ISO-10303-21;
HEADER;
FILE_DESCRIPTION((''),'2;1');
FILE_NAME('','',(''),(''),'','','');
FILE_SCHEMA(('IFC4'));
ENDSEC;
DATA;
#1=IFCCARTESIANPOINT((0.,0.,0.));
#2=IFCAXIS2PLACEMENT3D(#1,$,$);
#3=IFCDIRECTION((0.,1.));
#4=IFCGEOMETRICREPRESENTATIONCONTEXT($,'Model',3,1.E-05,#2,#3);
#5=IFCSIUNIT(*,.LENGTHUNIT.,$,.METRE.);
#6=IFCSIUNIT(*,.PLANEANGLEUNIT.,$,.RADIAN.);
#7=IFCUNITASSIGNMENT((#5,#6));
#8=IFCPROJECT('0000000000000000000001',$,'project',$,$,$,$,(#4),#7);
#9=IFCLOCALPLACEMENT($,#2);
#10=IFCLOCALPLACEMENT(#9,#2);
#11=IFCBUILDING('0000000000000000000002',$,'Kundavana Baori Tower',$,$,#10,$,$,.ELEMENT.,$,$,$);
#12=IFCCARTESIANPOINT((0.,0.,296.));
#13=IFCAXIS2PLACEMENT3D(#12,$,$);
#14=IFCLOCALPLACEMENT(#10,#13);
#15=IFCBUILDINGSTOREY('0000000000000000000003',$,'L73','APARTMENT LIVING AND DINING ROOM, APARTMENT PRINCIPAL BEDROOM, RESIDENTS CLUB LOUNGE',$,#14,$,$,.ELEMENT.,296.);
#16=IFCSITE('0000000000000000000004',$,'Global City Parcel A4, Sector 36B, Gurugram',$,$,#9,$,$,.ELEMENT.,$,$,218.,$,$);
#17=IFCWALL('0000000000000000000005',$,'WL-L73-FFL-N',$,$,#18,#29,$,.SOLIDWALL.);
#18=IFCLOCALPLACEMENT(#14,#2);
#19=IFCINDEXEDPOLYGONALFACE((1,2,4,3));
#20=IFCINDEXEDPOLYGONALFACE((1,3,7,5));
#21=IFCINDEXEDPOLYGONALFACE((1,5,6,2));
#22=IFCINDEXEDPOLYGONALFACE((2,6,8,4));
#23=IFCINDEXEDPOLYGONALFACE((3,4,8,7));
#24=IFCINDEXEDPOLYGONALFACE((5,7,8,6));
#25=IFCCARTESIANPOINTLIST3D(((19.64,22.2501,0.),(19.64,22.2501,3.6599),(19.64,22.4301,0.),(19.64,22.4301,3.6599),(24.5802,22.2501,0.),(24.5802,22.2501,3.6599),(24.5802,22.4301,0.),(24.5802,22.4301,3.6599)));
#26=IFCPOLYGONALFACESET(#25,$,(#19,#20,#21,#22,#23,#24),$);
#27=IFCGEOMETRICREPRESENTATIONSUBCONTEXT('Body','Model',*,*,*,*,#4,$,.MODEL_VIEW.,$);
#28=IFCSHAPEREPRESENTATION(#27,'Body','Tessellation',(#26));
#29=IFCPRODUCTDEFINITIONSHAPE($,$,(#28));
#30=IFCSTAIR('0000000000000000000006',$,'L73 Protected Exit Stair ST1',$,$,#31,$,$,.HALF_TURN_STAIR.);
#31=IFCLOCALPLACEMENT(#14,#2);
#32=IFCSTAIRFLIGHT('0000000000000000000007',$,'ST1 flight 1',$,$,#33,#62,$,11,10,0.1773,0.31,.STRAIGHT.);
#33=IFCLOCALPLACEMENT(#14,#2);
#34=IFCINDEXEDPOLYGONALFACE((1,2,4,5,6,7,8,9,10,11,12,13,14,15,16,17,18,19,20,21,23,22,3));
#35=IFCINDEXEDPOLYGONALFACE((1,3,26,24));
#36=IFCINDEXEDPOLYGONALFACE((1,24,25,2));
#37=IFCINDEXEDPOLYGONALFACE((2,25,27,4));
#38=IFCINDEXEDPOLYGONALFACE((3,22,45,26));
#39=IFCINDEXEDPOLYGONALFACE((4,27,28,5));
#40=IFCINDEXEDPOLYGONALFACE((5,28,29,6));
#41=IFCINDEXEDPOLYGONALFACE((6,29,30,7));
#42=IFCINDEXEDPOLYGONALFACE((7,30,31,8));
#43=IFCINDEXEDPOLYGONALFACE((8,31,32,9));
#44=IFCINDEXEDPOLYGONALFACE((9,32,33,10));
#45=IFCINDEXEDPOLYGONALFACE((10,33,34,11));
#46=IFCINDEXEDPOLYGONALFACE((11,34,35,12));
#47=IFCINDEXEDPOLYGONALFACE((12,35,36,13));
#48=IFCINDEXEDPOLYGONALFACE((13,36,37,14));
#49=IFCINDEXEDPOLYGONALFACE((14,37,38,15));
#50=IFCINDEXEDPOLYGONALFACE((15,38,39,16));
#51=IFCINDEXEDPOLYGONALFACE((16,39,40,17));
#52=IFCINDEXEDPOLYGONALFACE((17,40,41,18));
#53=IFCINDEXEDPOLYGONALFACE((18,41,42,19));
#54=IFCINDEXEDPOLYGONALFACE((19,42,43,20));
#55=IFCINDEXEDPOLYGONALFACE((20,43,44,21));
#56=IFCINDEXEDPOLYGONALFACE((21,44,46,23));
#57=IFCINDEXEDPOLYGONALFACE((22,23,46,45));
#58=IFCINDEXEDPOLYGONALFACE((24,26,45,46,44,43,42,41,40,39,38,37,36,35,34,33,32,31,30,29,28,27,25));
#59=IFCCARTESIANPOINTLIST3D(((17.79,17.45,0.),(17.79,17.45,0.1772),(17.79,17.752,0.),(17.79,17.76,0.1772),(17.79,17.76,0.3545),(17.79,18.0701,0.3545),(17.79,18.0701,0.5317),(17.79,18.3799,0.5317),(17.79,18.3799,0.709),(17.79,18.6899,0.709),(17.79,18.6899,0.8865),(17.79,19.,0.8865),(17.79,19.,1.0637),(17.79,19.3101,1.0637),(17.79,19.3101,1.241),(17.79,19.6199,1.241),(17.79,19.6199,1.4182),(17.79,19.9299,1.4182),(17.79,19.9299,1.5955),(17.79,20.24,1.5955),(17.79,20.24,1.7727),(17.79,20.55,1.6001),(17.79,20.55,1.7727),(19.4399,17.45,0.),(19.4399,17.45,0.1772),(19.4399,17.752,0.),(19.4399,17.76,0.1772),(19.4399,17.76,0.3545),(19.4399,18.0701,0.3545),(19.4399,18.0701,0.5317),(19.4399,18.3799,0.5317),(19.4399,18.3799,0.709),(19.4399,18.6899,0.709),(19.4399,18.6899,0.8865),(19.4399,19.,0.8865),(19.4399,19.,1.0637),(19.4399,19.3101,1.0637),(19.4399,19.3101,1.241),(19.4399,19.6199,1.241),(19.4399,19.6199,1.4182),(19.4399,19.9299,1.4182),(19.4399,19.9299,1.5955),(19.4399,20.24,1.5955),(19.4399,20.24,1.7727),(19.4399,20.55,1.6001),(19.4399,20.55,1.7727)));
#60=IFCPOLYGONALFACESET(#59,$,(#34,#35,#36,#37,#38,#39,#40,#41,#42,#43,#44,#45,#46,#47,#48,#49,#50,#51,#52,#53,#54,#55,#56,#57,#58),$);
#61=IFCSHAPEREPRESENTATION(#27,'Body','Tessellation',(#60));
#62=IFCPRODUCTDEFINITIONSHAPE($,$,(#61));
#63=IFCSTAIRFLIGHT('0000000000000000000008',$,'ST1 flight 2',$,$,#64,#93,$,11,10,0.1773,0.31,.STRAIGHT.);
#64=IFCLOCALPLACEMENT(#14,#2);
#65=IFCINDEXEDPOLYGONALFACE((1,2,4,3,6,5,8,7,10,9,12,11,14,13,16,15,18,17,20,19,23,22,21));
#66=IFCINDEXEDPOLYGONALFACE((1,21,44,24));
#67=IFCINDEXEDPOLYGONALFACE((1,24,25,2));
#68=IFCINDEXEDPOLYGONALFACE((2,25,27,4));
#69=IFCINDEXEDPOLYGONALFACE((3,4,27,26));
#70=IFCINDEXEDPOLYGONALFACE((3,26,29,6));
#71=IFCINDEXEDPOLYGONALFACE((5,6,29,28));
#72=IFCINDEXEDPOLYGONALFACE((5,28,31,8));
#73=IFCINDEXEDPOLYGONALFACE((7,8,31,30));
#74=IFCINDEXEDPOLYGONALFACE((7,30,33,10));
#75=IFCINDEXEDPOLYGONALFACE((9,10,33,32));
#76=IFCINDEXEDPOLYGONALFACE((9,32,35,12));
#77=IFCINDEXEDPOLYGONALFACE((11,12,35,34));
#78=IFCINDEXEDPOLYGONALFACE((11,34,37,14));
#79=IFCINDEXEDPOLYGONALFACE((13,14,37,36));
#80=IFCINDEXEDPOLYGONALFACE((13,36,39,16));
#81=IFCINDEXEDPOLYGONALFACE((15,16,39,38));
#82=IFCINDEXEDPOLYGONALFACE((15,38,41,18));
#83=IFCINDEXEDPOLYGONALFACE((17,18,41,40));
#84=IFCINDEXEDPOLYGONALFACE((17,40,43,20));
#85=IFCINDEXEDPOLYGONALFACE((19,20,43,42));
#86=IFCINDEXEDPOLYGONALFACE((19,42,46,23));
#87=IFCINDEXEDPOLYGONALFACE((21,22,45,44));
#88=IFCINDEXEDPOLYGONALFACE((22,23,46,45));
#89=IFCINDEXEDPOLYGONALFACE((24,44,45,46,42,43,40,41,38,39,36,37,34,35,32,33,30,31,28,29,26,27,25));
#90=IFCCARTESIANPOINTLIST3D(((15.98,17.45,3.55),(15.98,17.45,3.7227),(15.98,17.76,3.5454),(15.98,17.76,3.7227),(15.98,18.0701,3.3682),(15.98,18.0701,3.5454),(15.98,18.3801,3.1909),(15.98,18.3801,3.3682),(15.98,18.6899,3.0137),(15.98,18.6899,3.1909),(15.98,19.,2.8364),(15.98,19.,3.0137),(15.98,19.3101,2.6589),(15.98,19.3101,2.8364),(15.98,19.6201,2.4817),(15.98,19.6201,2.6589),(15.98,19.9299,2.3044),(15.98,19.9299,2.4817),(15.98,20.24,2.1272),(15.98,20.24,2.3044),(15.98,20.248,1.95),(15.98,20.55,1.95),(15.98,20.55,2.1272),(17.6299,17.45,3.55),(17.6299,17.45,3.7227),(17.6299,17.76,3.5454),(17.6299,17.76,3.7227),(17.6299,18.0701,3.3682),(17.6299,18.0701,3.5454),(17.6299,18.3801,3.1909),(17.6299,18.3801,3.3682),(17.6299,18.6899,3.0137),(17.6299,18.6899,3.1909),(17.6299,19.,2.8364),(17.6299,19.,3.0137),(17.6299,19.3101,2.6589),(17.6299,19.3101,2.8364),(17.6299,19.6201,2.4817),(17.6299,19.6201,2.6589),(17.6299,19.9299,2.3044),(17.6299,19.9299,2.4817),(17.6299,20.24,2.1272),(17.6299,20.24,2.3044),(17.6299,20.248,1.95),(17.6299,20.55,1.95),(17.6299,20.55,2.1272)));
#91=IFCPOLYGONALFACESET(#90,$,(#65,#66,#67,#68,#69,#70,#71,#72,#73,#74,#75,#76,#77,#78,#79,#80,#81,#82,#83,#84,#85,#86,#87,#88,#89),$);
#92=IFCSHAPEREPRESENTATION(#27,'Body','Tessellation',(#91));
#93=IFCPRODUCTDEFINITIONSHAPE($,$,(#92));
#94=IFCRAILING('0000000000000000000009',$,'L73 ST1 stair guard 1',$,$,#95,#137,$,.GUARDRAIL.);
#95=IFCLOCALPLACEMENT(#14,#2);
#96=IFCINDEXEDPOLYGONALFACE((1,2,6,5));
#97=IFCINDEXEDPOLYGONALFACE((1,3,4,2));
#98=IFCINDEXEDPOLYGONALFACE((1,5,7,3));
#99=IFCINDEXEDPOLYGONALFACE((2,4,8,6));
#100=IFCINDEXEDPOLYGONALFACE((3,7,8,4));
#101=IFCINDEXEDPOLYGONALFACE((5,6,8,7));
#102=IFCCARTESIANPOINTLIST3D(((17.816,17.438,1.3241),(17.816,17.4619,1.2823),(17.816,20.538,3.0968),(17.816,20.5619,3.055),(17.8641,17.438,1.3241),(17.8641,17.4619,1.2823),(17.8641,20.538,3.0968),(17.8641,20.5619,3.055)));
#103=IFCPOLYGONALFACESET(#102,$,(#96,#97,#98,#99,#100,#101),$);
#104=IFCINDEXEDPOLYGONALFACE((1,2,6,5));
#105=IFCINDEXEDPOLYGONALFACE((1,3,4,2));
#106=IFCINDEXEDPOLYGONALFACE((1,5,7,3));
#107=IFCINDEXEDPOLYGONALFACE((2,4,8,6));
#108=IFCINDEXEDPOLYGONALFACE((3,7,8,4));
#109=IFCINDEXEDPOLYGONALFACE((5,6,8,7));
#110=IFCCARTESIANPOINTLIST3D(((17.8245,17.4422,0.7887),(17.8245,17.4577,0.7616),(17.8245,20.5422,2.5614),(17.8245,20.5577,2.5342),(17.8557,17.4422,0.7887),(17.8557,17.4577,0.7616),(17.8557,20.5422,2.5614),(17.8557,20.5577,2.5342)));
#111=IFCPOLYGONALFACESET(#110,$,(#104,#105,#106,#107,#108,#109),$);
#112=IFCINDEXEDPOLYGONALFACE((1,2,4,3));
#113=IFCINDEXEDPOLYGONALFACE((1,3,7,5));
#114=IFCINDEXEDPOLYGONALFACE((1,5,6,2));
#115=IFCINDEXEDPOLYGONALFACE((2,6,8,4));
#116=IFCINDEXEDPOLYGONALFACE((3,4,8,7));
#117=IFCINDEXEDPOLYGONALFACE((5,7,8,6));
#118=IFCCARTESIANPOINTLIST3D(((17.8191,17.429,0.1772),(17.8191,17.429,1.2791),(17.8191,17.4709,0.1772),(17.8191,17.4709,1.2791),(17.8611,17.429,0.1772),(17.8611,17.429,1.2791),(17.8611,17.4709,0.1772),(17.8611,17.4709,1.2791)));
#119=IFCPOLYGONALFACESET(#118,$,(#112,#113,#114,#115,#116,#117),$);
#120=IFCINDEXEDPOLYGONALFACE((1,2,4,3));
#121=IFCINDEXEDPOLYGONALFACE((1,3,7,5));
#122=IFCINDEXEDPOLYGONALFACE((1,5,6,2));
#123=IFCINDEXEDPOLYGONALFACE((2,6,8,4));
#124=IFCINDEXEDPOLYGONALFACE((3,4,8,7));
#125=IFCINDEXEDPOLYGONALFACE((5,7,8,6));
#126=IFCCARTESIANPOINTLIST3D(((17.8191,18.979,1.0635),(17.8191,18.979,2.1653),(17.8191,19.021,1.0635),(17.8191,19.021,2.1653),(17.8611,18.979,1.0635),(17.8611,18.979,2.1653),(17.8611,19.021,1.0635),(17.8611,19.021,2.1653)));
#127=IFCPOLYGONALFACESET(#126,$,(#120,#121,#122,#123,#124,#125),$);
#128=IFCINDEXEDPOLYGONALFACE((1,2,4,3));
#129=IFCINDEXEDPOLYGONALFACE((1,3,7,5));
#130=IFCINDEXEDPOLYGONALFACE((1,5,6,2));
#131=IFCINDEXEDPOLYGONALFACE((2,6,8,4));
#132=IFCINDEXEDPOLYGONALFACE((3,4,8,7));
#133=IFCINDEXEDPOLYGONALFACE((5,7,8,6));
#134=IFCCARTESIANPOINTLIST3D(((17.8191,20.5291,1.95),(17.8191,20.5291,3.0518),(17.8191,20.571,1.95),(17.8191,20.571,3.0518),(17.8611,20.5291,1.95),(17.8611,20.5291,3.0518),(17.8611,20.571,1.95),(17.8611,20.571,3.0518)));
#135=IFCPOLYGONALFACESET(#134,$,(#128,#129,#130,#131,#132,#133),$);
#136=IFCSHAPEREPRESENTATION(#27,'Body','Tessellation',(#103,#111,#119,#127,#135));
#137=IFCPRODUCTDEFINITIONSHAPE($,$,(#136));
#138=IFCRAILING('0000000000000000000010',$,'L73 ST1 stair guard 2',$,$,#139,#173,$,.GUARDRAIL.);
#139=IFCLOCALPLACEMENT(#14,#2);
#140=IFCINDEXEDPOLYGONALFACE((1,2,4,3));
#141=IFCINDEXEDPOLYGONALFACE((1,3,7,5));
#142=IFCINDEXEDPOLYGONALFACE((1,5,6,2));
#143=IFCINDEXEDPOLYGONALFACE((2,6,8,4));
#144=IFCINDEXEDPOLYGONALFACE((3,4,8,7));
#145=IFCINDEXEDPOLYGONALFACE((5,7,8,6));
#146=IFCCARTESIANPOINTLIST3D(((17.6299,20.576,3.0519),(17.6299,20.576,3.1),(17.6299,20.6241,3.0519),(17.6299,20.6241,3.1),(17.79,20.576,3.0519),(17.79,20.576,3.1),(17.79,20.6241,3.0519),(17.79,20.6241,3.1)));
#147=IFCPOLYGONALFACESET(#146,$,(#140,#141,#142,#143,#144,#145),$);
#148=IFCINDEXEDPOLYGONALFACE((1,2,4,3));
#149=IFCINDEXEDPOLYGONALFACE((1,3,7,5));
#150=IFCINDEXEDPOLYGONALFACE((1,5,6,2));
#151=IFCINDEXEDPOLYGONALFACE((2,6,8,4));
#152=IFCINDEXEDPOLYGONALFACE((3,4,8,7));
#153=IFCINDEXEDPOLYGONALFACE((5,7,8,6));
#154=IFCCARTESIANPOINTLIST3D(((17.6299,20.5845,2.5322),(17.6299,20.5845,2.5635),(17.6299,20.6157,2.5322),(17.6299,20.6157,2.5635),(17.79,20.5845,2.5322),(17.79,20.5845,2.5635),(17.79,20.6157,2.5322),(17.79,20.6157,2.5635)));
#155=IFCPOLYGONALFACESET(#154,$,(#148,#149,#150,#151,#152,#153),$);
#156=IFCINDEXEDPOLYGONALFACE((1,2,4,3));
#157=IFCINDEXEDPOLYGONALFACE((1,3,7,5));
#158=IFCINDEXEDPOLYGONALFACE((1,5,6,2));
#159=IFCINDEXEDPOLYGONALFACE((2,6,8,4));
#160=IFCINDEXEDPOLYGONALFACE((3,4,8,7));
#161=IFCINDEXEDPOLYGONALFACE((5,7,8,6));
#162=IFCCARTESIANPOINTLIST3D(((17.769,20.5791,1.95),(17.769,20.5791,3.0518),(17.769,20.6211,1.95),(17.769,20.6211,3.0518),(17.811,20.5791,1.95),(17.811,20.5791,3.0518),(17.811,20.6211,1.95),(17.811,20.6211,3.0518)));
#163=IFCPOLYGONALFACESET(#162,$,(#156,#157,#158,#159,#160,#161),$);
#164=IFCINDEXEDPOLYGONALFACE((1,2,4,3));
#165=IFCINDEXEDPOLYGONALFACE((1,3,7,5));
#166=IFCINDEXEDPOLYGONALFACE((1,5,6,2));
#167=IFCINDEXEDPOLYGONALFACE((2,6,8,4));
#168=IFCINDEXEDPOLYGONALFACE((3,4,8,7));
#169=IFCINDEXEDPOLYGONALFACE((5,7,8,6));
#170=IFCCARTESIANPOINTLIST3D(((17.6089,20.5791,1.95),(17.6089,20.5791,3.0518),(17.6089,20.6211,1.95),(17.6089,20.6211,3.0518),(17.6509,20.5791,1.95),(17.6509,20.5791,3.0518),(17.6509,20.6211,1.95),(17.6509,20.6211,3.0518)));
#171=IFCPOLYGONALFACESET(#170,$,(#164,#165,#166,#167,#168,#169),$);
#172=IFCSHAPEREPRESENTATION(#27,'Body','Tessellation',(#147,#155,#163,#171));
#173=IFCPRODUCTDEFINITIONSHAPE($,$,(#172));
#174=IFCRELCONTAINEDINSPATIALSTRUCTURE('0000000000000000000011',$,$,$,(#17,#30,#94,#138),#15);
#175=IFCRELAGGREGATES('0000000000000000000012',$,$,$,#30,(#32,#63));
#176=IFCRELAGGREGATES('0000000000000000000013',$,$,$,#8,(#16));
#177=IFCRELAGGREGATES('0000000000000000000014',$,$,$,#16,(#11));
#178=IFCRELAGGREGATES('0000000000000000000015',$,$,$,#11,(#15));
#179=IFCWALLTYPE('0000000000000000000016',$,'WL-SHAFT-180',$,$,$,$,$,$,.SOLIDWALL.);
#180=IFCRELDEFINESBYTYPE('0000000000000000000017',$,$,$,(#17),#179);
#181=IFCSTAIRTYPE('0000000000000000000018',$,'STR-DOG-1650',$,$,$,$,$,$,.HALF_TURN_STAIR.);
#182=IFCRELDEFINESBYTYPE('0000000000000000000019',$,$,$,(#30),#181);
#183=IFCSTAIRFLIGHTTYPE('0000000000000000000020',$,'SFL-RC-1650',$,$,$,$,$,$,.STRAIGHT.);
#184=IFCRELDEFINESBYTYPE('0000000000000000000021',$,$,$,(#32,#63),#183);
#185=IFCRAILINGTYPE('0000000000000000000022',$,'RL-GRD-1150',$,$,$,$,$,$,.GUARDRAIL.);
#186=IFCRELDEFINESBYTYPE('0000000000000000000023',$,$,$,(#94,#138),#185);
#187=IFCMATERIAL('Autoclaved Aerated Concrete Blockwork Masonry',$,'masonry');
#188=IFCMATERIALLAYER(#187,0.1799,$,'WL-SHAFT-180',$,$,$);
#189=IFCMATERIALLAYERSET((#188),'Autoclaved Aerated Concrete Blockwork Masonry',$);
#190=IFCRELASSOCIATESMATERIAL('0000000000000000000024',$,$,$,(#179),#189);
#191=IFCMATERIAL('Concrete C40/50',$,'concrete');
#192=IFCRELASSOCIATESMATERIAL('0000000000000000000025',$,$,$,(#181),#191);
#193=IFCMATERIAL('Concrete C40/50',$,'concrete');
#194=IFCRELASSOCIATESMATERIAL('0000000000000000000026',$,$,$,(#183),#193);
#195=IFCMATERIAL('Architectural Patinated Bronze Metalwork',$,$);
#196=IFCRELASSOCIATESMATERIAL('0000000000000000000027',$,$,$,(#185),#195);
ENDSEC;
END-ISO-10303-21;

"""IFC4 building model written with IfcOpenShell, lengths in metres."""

from ifc_helpers import new_model, si_unit, direction, frame, frame_2d, origin, origin_2d, place, context, subcontext, project, spatial, polyline, rectangle, outline, extrude, material, layer, layer_set, type_object, element, aggregate, save


model = new_model("IFC4")

# Units and contexts
model_context = context("Model", 3, precision=1e-05, world=origin(), true_north=direction((0.0, 1.0)))
body_context = subcontext(model_context, "Body", "Model", "MODEL_VIEW")
ifc_project = project(units=[si_unit("LENGTHUNIT", "METRE"), si_unit("PLANEANGLEUNIT", "RADIAN")], contexts=[model_context])

# Site, building, storey
site_placement = place(None, origin())
site = spatial("IfcSite", under=ifc_project, at=site_placement, Name="Global City Parcel A4, Sector 36B, Gurugram", CompositionType="ELEMENT", RefElevation=218.0)
building_placement = place(site_placement, origin())
building = spatial("IfcBuilding", under=site, at=building_placement, Name="Kundavana Baori Tower", CompositionType="ELEMENT")
storey_placement = place(building_placement, frame((0.0, 0.0, 296.0)))
storey = spatial("IfcBuildingStorey", under=building, at=storey_placement, Name="L73", Description="APARTMENT LIVING AND DINING ROOM, APARTMENT PRINCIPAL BEDROOM, RESIDENTS CLUB LOUNGE", CompositionType="ELEMENT", Elevation=296.0)

# Shared definitions
ifc_material_1 = material(Name="Autoclaved Aerated Concrete Blockwork Masonry", Category="masonry")
ifc_layer_1 = layer(ifc_material_1, 0.1799, Name="WL-SHAFT-180")
ifc_layer_set_1 = layer_set([ifc_layer_1], Name="Autoclaved Aerated Concrete Blockwork Masonry")
wall_type_1 = type_object("IfcWallType", Name="WL-SHAFT-180", PredefinedType="SOLIDWALL", material=ifc_layer_set_1)

# Wall
wall_1_placement = place(storey_placement, frame((19.6399, 22.3401, 0.0), z_axis=(0.0, 0.0, 1.0), x_axis=(1.0, 0.0, 0.0)))
element("IfcWall", 1, at=wall_1_placement, inside=storey, type_object=wall_type_1, Name="WL-L73-FFL-N", PredefinedType="SOLIDWALL", context=body_context, shape_type="SweptSolid", body=[
    extrude(rectangle(XDim=4.9402, YDim=0.1799, at=frame_2d((2.4702, 0.0))), origin(), (0.0, 0.0, 1.0), 3.6599),
])

# Stair, stair flights
ifc_material_2 = material(Name="Concrete C40/50", Category="concrete")
stair_type = type_object("IfcStairType", Name="STR-DOG-1650", PredefinedType="HALF_TURN_STAIR", material=ifc_material_2)
stair_placement = place(storey_placement, origin())
stair = element("IfcStair", 2, at=stair_placement, inside=storey, type_object=stair_type, Name="L73 Protected Exit Stair ST1", PredefinedType="HALF_TURN_STAIR")
ifc_material_3 = material(Name="Concrete C40/50", Category="concrete")
stair_flight_type = type_object("IfcStairFlightType", Name="SFL-RC-1650", PredefinedType="STRAIGHT", material=ifc_material_3)
stair_flight_1_placement = place(storey_placement, frame((18.615, 17.45, 0.0), z_axis=(0.0, 0.0, 1.0), x_axis=(0.0, 1.0, 0.0)))
stair_flight_1 = element("IfcStairFlight", 3, at=stair_flight_1_placement, type_object=stair_flight_type, Name="ST1 flight 1", NumberOfRisers=11, NumberOfTreads=10, PredefinedType="STRAIGHT", RiserHeight=0.1773, TreadLength=0.31, context=body_context, shape_type="SweptSolid", body=[
    extrude(outline(polyline([(0.0, 0.0), (0.0, 0.1772), (0.3101, 0.1772), (0.3101, 0.3545), (0.6201, 0.3545), (0.6201, 0.5317), (0.9299, 0.5317), (0.9299, 0.709), (1.24, 0.709), (1.24, 0.8865), (1.55, 0.8865), (1.55, 1.0637), (1.8601, 1.0637), (1.8601, 1.241), (2.1699, 1.241), (2.1699, 1.4182), (2.48, 1.4182), (2.48, 1.5955), (2.79, 1.5955), (2.79, 1.7727), (3.1001, 1.7727), (3.1001, 1.95), (3.1001, 1.6001), (0.302, 0.0), (0.0, 0.0)])), frame((0.0, 0.825, 0.0), z_axis=(0.0, -1.0, 0.0), x_axis=(1.0, 0.0, 0.0)), (0.0, 0.0, 1.0), 1.6499),
])
stair_flight_2_placement = place(storey_placement, frame((16.8049, 20.55, 1.95), z_axis=(0.0, 0.0, 1.0), x_axis=(0.0, -1.0, 0.0)))
stair_flight_2 = element("IfcStairFlight", 4, at=stair_flight_2_placement, type_object=stair_flight_type, Name="ST1 flight 2", NumberOfRisers=11, NumberOfTreads=10, PredefinedType="STRAIGHT", RiserHeight=0.1773, TreadLength=0.31, context=body_context, shape_type="SweptSolid", body=[
    extrude(outline(polyline([(0.0, 0.0), (0.0, 0.1772), (0.3101, 0.1772), (0.3101, 0.3545), (0.6201, 0.3545), (0.6201, 0.5317), (0.9299, 0.5317), (0.9299, 0.709), (1.24, 0.709), (1.24, 0.8865), (1.55, 0.8865), (1.55, 1.0637), (1.8601, 1.0637), (1.8601, 1.241), (2.1699, 1.241), (2.1699, 1.4182), (2.48, 1.4182), (2.48, 1.5955), (2.79, 1.5955), (2.79, 1.7727), (3.1001, 1.7727), (3.1001, 1.95), (3.1001, 1.6001), (0.302, 0.0), (0.0, 0.0)])), frame((0.0, 0.825, 0.0), z_axis=(0.0, -1.0, 0.0), x_axis=(1.0, 0.0, 0.0)), (0.0, 0.0, 1.0), 1.6499),
])
aggregate(stair, [stair_flight_1, stair_flight_2])

# Railings
ifc_material_4 = material(Name="Architectural Patinated Bronze Metalwork")
railing_type_1 = type_object("IfcRailingType", Name="RL-GRD-1150", PredefinedType="GUARDRAIL", material=ifc_material_4)
railing_1_placement = place(storey_placement, frame((17.8401, 17.45, 0.1772)))
element("IfcRailing", 5, at=railing_1_placement, inside=storey, type_object=railing_type_1, Name="L73 ST1 stair guard 1", PredefinedType="GUARDRAIL", context=body_context, shape_type="SweptSolid", body=[
    extrude(rectangle(XDim=0.0481, YDim=0.0481, at=origin_2d()), frame((0.0, 0.0, 1.126), z_axis=(0.0, 0.868096, 0.496397), x_axis=(-1.0, 0.0, 0.0)), (0.0, 0.0, 1.0), 3.571),
    extrude(rectangle(XDim=0.0312, YDim=0.0312, at=origin_2d()), frame((0.0, 0.0, 0.5979), z_axis=(0.0, 0.868096, 0.496397), x_axis=(-1.0, 0.0, 0.0)), (0.0, 0.0, 1.0), 3.571),
    extrude(rectangle(XDim=0.042, YDim=0.042, at=origin_2d()), origin(), (0.0, 0.0, 1.0), 1.1018),
    extrude(rectangle(XDim=0.042, YDim=0.042, at=origin_2d()), frame((0.0, 1.55, 0.8862)), (0.0, 0.0, 1.0), 1.1018),
    extrude(rectangle(XDim=0.042, YDim=0.042, at=origin_2d()), frame((0.0, 3.1001, 1.7727)), (0.0, 0.0, 1.0), 1.1018),
])
railing_2_placement = place(storey_placement, frame((17.79, 20.6001, 1.95)))
element("IfcRailing", 6, at=railing_2_placement, inside=storey, type_object=railing_type_1, Name="L73 ST1 stair guard 2", PredefinedType="GUARDRAIL", context=body_context, shape_type="SweptSolid", body=[
    extrude(rectangle(XDim=0.0481, YDim=0.0481, at=origin_2d()), frame((0.0, 0.0, 1.126), z_axis=(-1.0, 0.0, 0.0), x_axis=(0.0, -1.0, 0.0)), (0.0, 0.0, 1.0), 0.1602),
    extrude(rectangle(XDim=0.0312, YDim=0.0312, at=origin_2d()), frame((0.0, 0.0, 0.5979), z_axis=(-1.0, 0.0, 0.0), x_axis=(0.0, -1.0, 0.0)), (0.0, 0.0, 1.0), 0.1602),
    extrude(rectangle(XDim=0.042, YDim=0.042, at=origin_2d()), origin(), (0.0, 0.0, 1.0), 1.1018),
    extrude(rectangle(XDim=0.042, YDim=0.042, at=origin_2d()), frame((-0.1602, 0.0, 0.0)), (0.0, 0.0, 1.0), 1.1018),
])

save(model, "model.ifc")
